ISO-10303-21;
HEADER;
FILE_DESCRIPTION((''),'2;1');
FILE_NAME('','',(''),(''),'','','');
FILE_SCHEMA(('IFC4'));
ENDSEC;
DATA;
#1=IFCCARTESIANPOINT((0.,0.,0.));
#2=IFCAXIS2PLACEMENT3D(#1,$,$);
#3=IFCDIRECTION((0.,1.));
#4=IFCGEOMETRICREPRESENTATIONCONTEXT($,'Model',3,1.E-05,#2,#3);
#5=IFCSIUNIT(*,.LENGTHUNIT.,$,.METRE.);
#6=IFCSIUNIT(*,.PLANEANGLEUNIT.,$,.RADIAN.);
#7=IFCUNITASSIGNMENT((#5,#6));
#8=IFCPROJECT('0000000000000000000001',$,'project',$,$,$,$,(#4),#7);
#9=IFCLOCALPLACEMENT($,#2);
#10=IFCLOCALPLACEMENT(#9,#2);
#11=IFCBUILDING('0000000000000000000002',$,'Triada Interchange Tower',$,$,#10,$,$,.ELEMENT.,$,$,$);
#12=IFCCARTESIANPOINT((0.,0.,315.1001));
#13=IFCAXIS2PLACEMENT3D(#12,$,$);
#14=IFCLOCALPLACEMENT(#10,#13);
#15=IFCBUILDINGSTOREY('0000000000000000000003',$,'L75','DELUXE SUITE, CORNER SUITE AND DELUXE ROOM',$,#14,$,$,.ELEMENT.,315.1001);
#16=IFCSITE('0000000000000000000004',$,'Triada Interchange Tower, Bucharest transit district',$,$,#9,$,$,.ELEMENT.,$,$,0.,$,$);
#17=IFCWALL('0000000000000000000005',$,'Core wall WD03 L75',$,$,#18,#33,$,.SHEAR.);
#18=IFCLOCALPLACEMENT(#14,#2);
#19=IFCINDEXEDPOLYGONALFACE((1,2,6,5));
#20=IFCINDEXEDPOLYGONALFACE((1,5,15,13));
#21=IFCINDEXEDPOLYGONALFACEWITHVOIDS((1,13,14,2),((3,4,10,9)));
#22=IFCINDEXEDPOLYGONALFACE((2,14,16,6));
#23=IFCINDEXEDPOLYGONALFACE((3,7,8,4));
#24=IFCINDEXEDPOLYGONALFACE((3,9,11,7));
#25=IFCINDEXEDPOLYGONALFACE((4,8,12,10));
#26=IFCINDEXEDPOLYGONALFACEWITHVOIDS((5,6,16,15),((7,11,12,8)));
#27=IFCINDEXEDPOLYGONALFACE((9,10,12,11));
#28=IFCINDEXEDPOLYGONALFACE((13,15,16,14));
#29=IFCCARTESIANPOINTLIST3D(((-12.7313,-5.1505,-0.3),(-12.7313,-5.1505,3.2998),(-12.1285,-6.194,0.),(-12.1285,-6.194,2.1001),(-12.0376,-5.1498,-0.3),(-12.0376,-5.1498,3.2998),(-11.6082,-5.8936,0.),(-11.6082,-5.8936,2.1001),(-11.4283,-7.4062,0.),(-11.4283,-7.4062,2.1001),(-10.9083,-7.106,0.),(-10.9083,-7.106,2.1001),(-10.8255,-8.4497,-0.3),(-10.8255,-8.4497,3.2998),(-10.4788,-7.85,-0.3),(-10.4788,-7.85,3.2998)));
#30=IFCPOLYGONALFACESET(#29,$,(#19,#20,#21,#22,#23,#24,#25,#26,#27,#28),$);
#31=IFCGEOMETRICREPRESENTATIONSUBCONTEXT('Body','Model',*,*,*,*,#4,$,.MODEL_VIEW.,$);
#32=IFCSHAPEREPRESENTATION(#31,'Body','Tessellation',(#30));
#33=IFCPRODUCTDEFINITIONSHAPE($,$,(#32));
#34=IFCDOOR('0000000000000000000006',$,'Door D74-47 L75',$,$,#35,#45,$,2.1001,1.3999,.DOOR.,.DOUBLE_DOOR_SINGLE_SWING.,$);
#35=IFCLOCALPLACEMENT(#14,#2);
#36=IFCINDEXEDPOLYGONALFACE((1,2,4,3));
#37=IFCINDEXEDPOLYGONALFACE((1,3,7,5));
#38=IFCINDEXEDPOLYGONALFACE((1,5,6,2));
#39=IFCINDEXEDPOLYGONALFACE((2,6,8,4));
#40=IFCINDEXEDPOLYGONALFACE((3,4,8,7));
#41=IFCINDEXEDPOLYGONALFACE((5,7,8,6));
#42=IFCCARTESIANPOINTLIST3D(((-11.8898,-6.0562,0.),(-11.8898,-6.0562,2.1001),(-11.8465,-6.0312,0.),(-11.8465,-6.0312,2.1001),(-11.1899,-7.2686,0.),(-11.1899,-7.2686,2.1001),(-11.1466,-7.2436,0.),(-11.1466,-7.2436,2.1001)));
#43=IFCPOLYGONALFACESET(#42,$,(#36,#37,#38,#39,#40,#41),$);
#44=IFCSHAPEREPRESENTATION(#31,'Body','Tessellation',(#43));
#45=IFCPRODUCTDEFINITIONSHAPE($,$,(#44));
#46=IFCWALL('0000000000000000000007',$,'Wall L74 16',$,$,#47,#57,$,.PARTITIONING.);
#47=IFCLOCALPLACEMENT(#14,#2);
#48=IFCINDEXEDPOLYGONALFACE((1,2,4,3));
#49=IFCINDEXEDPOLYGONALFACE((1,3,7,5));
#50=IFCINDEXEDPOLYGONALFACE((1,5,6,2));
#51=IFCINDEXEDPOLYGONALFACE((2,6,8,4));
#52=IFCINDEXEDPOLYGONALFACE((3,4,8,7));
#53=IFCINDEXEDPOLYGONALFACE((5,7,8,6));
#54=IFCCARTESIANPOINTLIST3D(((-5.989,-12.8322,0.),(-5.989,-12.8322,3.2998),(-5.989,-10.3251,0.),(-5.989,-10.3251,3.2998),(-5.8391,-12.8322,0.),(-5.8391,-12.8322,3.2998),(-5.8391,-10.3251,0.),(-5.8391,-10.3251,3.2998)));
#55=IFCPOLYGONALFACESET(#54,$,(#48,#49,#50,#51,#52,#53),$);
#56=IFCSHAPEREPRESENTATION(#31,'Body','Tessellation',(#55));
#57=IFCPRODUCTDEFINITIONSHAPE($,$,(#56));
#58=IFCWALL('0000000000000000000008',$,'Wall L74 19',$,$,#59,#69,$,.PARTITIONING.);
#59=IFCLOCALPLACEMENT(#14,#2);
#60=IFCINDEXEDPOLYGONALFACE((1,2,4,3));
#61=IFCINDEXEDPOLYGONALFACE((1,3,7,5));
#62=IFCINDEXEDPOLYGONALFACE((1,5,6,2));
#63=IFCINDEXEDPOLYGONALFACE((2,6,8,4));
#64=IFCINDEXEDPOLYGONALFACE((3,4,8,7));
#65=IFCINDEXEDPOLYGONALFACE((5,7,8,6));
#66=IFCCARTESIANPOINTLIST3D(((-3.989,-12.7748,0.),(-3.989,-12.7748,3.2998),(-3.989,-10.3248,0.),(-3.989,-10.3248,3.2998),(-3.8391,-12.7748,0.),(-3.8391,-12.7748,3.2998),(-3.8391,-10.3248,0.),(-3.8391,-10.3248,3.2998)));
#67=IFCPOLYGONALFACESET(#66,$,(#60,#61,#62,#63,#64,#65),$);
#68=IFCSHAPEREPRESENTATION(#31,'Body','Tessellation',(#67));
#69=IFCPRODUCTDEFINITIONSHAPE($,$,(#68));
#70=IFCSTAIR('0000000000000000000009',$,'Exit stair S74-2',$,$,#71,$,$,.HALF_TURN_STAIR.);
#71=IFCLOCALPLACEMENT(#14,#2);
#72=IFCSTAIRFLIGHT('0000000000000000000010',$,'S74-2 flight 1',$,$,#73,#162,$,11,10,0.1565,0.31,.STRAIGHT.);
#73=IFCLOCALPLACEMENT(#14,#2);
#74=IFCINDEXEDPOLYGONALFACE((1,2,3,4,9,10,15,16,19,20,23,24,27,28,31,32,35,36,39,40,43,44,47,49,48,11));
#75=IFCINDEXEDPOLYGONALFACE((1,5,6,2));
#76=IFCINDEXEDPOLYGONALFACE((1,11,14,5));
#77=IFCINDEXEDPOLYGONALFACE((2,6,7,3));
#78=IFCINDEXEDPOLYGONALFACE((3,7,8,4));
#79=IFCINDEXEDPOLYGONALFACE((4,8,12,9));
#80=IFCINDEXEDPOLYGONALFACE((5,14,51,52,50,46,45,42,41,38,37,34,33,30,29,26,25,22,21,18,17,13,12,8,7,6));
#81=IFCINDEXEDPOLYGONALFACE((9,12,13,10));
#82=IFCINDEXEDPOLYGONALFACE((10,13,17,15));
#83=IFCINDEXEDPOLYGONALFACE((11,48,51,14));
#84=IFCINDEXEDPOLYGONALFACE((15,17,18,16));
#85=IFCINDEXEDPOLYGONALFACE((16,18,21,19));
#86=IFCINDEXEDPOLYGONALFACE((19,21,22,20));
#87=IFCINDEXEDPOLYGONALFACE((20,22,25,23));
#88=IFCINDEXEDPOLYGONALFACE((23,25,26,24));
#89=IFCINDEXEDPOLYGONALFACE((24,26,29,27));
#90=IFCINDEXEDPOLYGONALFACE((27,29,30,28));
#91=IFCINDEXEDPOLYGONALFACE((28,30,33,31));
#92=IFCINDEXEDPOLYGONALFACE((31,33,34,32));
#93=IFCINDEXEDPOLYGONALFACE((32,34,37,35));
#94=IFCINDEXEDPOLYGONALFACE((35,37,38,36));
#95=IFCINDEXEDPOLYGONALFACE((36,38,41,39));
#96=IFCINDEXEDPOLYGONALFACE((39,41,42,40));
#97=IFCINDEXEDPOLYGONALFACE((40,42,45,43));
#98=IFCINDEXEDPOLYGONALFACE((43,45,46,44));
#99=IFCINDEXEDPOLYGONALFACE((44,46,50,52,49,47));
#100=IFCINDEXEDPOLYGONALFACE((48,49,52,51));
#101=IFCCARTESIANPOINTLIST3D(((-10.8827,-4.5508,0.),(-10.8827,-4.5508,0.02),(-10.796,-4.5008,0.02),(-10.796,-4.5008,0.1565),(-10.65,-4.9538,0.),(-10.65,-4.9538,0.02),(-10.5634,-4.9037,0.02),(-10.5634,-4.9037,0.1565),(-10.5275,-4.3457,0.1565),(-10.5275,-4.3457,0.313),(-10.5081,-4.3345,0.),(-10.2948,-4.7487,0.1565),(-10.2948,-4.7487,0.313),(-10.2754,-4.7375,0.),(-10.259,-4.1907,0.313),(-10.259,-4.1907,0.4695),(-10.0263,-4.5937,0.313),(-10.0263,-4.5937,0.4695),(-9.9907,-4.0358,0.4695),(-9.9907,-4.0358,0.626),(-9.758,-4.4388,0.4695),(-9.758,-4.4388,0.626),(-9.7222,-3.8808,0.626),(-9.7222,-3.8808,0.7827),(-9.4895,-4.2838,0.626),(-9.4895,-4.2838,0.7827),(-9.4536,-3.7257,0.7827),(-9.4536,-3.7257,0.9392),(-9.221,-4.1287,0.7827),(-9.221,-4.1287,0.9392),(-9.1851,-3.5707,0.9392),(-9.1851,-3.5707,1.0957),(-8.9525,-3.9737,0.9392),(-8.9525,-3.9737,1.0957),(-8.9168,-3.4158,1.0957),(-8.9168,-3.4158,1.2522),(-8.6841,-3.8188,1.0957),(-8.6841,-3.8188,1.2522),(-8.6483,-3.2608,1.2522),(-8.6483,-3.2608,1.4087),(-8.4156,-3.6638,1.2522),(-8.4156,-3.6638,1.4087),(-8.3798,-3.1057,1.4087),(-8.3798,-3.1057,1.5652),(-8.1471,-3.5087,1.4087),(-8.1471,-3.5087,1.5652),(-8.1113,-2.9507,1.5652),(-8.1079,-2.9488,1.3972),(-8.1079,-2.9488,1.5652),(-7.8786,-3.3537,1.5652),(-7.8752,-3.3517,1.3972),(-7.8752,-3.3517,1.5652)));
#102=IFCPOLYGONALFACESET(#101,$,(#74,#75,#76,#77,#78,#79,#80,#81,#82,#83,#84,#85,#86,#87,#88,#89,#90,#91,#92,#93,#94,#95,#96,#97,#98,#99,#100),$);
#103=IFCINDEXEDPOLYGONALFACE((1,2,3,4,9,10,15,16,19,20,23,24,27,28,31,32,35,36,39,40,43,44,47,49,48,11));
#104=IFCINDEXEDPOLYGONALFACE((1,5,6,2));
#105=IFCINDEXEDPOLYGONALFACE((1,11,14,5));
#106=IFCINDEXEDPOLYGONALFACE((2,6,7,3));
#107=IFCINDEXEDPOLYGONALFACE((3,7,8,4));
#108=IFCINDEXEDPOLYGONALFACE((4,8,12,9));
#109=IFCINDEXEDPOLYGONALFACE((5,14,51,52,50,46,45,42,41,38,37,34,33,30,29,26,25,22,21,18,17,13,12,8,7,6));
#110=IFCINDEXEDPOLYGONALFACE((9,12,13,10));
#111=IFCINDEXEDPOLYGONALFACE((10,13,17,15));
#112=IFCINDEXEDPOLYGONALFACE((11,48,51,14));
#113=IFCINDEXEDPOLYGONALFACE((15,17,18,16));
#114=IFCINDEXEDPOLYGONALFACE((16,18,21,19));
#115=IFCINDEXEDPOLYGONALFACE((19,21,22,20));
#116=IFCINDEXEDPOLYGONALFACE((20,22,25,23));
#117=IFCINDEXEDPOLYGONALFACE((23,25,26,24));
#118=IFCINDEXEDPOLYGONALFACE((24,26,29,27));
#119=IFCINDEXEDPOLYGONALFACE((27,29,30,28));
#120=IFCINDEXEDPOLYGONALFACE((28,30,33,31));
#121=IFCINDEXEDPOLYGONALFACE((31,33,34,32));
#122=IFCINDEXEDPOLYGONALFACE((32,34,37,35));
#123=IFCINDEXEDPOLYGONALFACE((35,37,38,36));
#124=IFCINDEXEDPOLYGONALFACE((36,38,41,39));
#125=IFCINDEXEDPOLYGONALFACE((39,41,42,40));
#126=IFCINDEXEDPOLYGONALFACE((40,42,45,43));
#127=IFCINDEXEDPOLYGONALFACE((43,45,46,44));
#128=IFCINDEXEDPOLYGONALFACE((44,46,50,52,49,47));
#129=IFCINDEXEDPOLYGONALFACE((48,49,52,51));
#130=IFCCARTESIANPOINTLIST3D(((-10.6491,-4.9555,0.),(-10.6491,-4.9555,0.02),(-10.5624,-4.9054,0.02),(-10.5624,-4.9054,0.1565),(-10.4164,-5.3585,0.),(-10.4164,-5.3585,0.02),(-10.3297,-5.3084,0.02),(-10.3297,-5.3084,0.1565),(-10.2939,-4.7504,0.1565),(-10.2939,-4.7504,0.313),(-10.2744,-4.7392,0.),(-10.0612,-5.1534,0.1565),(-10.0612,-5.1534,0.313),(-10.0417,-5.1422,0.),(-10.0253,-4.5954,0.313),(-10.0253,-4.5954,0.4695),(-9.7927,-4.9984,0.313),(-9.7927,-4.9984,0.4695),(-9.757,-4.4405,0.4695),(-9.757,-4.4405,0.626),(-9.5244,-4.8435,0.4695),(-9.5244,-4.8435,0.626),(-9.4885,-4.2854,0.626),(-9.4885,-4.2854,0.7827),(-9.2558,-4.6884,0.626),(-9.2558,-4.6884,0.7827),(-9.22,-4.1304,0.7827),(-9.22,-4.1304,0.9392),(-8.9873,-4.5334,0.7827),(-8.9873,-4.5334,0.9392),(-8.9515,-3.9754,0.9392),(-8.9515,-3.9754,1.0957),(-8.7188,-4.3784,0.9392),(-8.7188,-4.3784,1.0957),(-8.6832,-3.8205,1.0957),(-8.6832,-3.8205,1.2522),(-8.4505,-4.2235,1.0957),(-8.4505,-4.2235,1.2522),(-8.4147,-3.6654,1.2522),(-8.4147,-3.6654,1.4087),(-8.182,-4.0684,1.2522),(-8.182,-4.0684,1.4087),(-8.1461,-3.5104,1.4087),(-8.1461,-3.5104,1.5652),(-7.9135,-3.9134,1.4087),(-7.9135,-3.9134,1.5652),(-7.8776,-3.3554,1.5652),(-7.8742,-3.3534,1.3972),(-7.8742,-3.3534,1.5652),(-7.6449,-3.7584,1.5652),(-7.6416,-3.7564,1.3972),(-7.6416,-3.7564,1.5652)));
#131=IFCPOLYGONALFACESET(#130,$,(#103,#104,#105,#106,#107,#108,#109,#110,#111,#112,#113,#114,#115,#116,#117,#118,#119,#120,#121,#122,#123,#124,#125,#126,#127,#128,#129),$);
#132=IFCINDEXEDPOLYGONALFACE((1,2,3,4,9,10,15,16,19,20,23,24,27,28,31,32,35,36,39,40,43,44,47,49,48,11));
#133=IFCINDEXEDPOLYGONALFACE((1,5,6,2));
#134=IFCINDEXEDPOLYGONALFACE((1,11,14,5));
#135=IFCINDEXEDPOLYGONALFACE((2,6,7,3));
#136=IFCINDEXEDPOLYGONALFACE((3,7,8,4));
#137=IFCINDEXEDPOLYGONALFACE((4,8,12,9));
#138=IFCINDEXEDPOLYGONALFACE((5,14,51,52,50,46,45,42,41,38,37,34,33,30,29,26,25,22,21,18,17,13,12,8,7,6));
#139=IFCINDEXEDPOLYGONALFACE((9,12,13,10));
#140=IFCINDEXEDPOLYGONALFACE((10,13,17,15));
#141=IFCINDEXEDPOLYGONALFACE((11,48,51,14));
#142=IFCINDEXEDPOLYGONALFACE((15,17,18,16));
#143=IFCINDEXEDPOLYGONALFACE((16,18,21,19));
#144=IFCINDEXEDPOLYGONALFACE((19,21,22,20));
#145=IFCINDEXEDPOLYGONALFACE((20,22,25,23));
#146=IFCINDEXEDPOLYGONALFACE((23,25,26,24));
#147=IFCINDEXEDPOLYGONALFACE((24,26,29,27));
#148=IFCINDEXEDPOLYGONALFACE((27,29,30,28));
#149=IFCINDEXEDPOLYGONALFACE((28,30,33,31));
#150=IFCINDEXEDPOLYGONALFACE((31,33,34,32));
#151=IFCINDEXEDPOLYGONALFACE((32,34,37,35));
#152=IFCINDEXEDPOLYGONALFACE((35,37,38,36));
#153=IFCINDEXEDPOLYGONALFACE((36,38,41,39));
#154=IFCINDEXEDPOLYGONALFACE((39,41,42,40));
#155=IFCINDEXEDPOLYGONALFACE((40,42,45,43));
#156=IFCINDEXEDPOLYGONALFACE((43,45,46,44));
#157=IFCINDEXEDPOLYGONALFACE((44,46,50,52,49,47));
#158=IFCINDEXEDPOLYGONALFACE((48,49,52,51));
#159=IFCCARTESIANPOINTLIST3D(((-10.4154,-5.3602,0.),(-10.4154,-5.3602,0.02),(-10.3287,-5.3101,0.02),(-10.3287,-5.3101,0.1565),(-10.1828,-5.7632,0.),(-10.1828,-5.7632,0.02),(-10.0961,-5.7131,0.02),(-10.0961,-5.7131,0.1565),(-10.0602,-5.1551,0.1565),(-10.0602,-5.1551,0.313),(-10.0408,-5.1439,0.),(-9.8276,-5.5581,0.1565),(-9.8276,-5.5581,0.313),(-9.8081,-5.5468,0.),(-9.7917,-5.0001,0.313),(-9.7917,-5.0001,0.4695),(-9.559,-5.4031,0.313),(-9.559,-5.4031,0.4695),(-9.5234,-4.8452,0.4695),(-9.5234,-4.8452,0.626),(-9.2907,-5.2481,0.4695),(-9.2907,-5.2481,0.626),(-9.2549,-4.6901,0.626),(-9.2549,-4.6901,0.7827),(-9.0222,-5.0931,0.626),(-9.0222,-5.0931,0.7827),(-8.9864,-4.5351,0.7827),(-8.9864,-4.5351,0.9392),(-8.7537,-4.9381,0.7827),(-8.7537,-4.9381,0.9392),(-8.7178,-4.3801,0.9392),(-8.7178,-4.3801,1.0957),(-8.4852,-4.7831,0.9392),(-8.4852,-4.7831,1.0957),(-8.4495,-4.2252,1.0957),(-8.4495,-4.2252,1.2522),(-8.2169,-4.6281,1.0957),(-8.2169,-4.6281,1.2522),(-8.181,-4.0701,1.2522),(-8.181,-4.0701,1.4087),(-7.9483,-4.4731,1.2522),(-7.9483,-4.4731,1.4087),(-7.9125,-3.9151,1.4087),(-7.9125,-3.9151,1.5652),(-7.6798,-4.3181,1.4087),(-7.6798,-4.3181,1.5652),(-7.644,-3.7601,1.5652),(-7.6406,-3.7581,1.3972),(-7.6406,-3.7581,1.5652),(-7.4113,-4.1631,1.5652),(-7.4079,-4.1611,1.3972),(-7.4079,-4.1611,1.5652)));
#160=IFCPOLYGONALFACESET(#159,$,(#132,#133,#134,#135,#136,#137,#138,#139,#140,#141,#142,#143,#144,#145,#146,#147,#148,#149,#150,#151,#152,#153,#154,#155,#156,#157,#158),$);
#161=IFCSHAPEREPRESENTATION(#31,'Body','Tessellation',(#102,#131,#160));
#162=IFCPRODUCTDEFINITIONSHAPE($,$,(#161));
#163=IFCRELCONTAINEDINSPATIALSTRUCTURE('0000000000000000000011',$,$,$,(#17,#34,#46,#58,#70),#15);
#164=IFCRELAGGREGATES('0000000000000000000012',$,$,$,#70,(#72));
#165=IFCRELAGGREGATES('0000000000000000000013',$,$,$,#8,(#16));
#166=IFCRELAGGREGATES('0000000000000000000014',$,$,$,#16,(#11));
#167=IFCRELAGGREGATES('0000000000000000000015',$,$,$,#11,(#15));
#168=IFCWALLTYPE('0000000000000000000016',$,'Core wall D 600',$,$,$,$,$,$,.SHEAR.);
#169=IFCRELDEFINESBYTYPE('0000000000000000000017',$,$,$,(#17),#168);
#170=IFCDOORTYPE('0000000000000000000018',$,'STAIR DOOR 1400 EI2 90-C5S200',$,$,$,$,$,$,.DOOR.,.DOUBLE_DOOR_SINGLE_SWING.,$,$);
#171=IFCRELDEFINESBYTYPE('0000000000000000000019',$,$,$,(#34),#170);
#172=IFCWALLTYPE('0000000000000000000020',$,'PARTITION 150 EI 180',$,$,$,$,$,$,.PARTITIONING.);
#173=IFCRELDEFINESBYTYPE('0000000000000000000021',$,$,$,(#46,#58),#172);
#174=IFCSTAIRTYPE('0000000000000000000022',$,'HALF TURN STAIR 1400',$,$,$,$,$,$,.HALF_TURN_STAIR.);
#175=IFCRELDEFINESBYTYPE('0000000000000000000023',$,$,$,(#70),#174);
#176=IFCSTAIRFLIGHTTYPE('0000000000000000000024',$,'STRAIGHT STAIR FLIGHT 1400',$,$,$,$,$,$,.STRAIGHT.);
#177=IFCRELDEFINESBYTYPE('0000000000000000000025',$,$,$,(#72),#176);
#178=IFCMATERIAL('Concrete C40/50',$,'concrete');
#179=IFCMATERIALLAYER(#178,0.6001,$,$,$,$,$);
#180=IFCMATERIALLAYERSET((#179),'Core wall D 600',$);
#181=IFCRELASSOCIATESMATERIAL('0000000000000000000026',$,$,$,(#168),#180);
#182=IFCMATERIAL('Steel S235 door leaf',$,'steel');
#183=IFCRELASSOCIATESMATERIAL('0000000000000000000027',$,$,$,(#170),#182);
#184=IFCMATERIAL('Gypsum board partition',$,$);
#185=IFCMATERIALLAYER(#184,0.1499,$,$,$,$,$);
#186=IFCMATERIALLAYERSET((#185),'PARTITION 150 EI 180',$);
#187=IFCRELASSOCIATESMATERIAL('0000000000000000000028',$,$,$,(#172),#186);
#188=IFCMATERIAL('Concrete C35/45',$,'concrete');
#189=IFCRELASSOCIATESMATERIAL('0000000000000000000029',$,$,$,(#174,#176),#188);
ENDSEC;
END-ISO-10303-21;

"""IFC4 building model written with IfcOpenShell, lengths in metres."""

from ifc_helpers import new_model, si_unit, direction, frame, frame_2d, origin, place, context, subcontext, project, spatial, polyline, rectangle, outline, extrude, material, layer, layer_set, type_object, element, fill, aggregate, save


model = new_model("IFC4")

# Units and contexts
model_context = context("Model", 3, precision=1e-05, world=origin(), true_north=direction((0.0, 1.0)))
body_context = subcontext(model_context, "Body", "Model", "MODEL_VIEW")
ifc_project = project(units=[si_unit("LENGTHUNIT", "METRE"), si_unit("PLANEANGLEUNIT", "RADIAN")], contexts=[model_context])

# Site, building, storey
site_placement = place(None, origin())
site = spatial("IfcSite", under=ifc_project, at=site_placement, Name="Triada Interchange Tower, Bucharest transit district", CompositionType="ELEMENT", RefElevation=0.0)
building_placement = place(site_placement, origin())
building = spatial("IfcBuilding", under=site, at=building_placement, Name="Triada Interchange Tower", CompositionType="ELEMENT")
storey_placement = place(building_placement, frame((0.0, 0.0, 315.1001)))
storey = spatial("IfcBuildingStorey", under=building, at=storey_placement, Name="L75", Description="DELUXE SUITE, CORNER SUITE AND DELUXE ROOM", CompositionType="ELEMENT", Elevation=315.1001)

# Shared definitions
ifc_material_1 = material(Name="Steel S235 door leaf", Category="steel")

# Wall, opening, door
ifc_material_2 = material(Name="Concrete C40/50", Category="concrete")
ifc_layer_1 = layer(ifc_material_2, 0.6001)
ifc_layer_set_1 = layer_set([ifc_layer_1], Name="Core wall D 600")
wall_type_1 = type_object("IfcWallType", Name="Core wall D 600", PredefinedType="SHEAR", material=ifc_layer_set_1)
wall_1_placement = place(storey_placement, frame((-12.384, -5.1499, -0.3), z_axis=(0.0, 0.0, 1.0), x_axis=(0.499975, -0.86604, 0.0)))
wall_1 = element("IfcWall", 1, at=wall_1_placement, inside=storey, type_object=wall_type_1, Name="Core wall WD03 L75", PredefinedType="SHEAR", context=body_context, shape_type="SweptSolid", body=[
    extrude(outline(polyline([(-0.1731, -0.301), (1.7319, -0.3005), (3.637, -0.3), (3.291, 0.3), (1.7319, 0.3), (0.1731, 0.3), (-0.1731, -0.301)])), origin(), (0.0, 0.0, 1.0), 3.5999),
])
opening_1_placement = place(wall_1_placement, frame((1.032, 0.0, 0.3)))
opening_1 = element("IfcOpeningElement", 2, at=opening_1_placement, cuts=wall_1, PredefinedType="OPENING", context=body_context, shape_type="SweptSolid", body=[
    extrude(rectangle(XDim=1.3999, YDim=2.1001, at=frame_2d((0.7, 1.05))), frame((0.0, 0.3101, 0.0), z_axis=(0.0, -1.0, 0.0), x_axis=(1.0, 0.0, 0.0)), (0.0, 0.0, 1.0), 0.6211),
])
door_type_1 = type_object("IfcDoorType", Name="STAIR DOOR 1400 EI2 90-C5S200", OperationType="DOUBLE_DOOR_SINGLE_SWING", PredefinedType="DOOR", material=ifc_material_1)
door_1_placement = place(opening_1_placement, origin())
door_1 = element("IfcDoor", 3, at=door_1_placement, inside=storey, type_object=door_type_1, Name="Door D74-47 L75", OperationType="DOUBLE_DOOR_SINGLE_SWING", OverallHeight=2.1001, OverallWidth=1.3999, PredefinedType="DOOR", context=body_context, shape_type="SweptSolid", body=[
    extrude(rectangle(XDim=1.3999, YDim=2.1001, at=frame_2d((0.7, 1.05))), frame((0.0, 0.0249, 0.0), z_axis=(0.0, -1.0, 0.0), x_axis=(1.0, 0.0, 0.0)), (0.0, 0.0, 1.0), 0.05),
])
fill(opening_1, door_1)

# Walls
ifc_material_3 = material(Name="Gypsum board partition")
ifc_layer_2 = layer(ifc_material_3, 0.1499)
ifc_layer_set_2 = layer_set([ifc_layer_2], Name="PARTITION 150 EI 180")
wall_type_2 = type_object("IfcWallType", Name="PARTITION 150 EI 180", PredefinedType="PARTITIONING", material=ifc_layer_set_2)
wall_2_placement = place(storey_placement, frame((-5.9141, -12.832, 0.0), z_axis=(0.0, 0.0, 1.0), x_axis=(0.0, 1.0, 0.0)))
element("IfcWall", 4, at=wall_2_placement, inside=storey, type_object=wall_type_2, Name="Wall L74 16", PredefinedType="PARTITIONING", context=body_context, shape_type="SweptSolid", body=[
    extrude(rectangle(XDim=2.5071, YDim=0.1499, at=frame_2d((1.2534, 0.0))), origin(), (0.0, 0.0, 1.0), 3.2998),
])
wall_3_placement = place(storey_placement, frame((-3.9141, -12.7749, 0.0), z_axis=(0.0, 0.0, 1.0), x_axis=(0.0, 1.0, 0.0)))
element("IfcWall", 5, at=wall_3_placement, inside=storey, type_object=wall_type_2, Name="Wall L74 19", PredefinedType="PARTITIONING", context=body_context, shape_type="SweptSolid", body=[
    extrude(rectangle(XDim=2.45, YDim=0.1499, at=frame_2d((1.2251, 0.0))), origin(), (0.0, 0.0, 1.0), 3.2998),
])

# Stair, stair flight
ifc_material_4 = material(Name="Concrete C35/45", Category="concrete")
stair_type = type_object("IfcStairType", Name="HALF TURN STAIR 1400", PredefinedType="HALF_TURN_STAIR", material=ifc_material_4)
stair_placement = place(storey_placement, origin())
stair = element("IfcStair", 6, at=stair_placement, inside=storey, type_object=stair_type, Name="Exit stair S74-2", PredefinedType="HALF_TURN_STAIR")
stair_flight_type = type_object("IfcStairFlightType", Name="STRAIGHT STAIR FLIGHT 1400", PredefinedType="STRAIGHT", material=ifc_material_4)
stair_flight_1_placement = place(storey_placement, frame((-10.446, -5.1069, 0.0), z_axis=(0.0, 0.0, 1.0), x_axis=(0.866025, 0.5, 0.0)))
stair_flight_1 = element("IfcStairFlight", 7, at=stair_flight_1_placement, type_object=stair_flight_type, Name="S74-2 flight 1", NumberOfRisers=11, NumberOfTreads=10, PredefinedType="STRAIGHT", RiserHeight=0.1565, TreadLength=0.31, context=body_context, shape_type="SweptSolid", body=[
    extrude(outline(polyline([(-0.1001, 0.0), (-0.1001, 0.02), (0.0, 0.02), (0.0, 0.1565), (0.3101, 0.1565), (0.3101, 0.313), (0.6201, 0.313), (0.6201, 0.4695), (0.9299, 0.4695), (0.9299, 0.626), (1.24, 0.626), (1.24, 0.7827), (1.55, 0.7827), (1.55, 0.9392), (1.8601, 0.9392), (1.8601, 1.0957), (2.1699, 1.0957), (2.1699, 1.2522), (2.48, 1.2522), (2.48, 1.4087), (2.79, 1.4087), (2.79, 1.5652), (3.1001, 1.5652), (3.104, 1.5652), (3.104, 1.7217), (3.104, 1.3972), (0.3325, 0.0), (-0.1001, 0.0)])), frame((0.0, 0.7, 0.0), z_axis=(0.0, -1.0, 0.0), x_axis=(1.0, 0.0, 0.0)), (0.0, 0.0, 1.0), 0.4653),
    extrude(outline(polyline([(-0.1001, 0.0), (-0.1001, 0.02), (0.0, 0.02), (0.0, 0.1565), (0.3101, 0.1565), (0.3101, 0.313), (0.6201, 0.313), (0.6201, 0.4695), (0.9299, 0.4695), (0.9299, 0.626), (1.24, 0.626), (1.24, 0.7827), (1.55, 0.7827), (1.55, 0.9392), (1.8601, 0.9392), (1.8601, 1.0957), (2.1699, 1.0957), (2.1699, 1.2522), (2.48, 1.2522), (2.48, 1.4087), (2.79, 1.4087), (2.79, 1.5652), (3.1001, 1.5652), (3.104, 1.5652), (3.104, 1.7217), (3.104, 1.3972), (0.3325, 0.0), (-0.1001, 0.0)])), frame((0.0, 0.2327, 0.0), z_axis=(0.0, -1.0, 0.0), x_axis=(1.0, 0.0, 0.0)), (0.0, 0.0, 1.0), 0.4653),
    extrude(outline(polyline([(-0.1001, 0.0), (-0.1001, 0.02), (0.0, 0.02), (0.0, 0.1565), (0.3101, 0.1565), (0.3101, 0.313), (0.6201, 0.313), (0.6201, 0.4695), (0.9299, 0.4695), (0.9299, 0.626), (1.24, 0.626), (1.24, 0.7827), (1.55, 0.7827), (1.55, 0.9392), (1.8601, 0.9392), (1.8601, 1.0957), (2.1699, 1.0957), (2.1699, 1.2522), (2.48, 1.2522), (2.48, 1.4087), (2.79, 1.4087), (2.79, 1.5652), (3.1001, 1.5652), (3.104, 1.5652), (3.104, 1.7217), (3.104, 1.3972), (0.3325, 0.0), (-0.1001, 0.0)])), frame((0.0, -0.2346, 0.0), z_axis=(0.0, -1.0, 0.0), x_axis=(1.0, 0.0, 0.0)), (0.0, 0.0, 1.0), 0.4653),
])
aggregate(stair, [stair_flight_1])

save(model, "model.ifc")
